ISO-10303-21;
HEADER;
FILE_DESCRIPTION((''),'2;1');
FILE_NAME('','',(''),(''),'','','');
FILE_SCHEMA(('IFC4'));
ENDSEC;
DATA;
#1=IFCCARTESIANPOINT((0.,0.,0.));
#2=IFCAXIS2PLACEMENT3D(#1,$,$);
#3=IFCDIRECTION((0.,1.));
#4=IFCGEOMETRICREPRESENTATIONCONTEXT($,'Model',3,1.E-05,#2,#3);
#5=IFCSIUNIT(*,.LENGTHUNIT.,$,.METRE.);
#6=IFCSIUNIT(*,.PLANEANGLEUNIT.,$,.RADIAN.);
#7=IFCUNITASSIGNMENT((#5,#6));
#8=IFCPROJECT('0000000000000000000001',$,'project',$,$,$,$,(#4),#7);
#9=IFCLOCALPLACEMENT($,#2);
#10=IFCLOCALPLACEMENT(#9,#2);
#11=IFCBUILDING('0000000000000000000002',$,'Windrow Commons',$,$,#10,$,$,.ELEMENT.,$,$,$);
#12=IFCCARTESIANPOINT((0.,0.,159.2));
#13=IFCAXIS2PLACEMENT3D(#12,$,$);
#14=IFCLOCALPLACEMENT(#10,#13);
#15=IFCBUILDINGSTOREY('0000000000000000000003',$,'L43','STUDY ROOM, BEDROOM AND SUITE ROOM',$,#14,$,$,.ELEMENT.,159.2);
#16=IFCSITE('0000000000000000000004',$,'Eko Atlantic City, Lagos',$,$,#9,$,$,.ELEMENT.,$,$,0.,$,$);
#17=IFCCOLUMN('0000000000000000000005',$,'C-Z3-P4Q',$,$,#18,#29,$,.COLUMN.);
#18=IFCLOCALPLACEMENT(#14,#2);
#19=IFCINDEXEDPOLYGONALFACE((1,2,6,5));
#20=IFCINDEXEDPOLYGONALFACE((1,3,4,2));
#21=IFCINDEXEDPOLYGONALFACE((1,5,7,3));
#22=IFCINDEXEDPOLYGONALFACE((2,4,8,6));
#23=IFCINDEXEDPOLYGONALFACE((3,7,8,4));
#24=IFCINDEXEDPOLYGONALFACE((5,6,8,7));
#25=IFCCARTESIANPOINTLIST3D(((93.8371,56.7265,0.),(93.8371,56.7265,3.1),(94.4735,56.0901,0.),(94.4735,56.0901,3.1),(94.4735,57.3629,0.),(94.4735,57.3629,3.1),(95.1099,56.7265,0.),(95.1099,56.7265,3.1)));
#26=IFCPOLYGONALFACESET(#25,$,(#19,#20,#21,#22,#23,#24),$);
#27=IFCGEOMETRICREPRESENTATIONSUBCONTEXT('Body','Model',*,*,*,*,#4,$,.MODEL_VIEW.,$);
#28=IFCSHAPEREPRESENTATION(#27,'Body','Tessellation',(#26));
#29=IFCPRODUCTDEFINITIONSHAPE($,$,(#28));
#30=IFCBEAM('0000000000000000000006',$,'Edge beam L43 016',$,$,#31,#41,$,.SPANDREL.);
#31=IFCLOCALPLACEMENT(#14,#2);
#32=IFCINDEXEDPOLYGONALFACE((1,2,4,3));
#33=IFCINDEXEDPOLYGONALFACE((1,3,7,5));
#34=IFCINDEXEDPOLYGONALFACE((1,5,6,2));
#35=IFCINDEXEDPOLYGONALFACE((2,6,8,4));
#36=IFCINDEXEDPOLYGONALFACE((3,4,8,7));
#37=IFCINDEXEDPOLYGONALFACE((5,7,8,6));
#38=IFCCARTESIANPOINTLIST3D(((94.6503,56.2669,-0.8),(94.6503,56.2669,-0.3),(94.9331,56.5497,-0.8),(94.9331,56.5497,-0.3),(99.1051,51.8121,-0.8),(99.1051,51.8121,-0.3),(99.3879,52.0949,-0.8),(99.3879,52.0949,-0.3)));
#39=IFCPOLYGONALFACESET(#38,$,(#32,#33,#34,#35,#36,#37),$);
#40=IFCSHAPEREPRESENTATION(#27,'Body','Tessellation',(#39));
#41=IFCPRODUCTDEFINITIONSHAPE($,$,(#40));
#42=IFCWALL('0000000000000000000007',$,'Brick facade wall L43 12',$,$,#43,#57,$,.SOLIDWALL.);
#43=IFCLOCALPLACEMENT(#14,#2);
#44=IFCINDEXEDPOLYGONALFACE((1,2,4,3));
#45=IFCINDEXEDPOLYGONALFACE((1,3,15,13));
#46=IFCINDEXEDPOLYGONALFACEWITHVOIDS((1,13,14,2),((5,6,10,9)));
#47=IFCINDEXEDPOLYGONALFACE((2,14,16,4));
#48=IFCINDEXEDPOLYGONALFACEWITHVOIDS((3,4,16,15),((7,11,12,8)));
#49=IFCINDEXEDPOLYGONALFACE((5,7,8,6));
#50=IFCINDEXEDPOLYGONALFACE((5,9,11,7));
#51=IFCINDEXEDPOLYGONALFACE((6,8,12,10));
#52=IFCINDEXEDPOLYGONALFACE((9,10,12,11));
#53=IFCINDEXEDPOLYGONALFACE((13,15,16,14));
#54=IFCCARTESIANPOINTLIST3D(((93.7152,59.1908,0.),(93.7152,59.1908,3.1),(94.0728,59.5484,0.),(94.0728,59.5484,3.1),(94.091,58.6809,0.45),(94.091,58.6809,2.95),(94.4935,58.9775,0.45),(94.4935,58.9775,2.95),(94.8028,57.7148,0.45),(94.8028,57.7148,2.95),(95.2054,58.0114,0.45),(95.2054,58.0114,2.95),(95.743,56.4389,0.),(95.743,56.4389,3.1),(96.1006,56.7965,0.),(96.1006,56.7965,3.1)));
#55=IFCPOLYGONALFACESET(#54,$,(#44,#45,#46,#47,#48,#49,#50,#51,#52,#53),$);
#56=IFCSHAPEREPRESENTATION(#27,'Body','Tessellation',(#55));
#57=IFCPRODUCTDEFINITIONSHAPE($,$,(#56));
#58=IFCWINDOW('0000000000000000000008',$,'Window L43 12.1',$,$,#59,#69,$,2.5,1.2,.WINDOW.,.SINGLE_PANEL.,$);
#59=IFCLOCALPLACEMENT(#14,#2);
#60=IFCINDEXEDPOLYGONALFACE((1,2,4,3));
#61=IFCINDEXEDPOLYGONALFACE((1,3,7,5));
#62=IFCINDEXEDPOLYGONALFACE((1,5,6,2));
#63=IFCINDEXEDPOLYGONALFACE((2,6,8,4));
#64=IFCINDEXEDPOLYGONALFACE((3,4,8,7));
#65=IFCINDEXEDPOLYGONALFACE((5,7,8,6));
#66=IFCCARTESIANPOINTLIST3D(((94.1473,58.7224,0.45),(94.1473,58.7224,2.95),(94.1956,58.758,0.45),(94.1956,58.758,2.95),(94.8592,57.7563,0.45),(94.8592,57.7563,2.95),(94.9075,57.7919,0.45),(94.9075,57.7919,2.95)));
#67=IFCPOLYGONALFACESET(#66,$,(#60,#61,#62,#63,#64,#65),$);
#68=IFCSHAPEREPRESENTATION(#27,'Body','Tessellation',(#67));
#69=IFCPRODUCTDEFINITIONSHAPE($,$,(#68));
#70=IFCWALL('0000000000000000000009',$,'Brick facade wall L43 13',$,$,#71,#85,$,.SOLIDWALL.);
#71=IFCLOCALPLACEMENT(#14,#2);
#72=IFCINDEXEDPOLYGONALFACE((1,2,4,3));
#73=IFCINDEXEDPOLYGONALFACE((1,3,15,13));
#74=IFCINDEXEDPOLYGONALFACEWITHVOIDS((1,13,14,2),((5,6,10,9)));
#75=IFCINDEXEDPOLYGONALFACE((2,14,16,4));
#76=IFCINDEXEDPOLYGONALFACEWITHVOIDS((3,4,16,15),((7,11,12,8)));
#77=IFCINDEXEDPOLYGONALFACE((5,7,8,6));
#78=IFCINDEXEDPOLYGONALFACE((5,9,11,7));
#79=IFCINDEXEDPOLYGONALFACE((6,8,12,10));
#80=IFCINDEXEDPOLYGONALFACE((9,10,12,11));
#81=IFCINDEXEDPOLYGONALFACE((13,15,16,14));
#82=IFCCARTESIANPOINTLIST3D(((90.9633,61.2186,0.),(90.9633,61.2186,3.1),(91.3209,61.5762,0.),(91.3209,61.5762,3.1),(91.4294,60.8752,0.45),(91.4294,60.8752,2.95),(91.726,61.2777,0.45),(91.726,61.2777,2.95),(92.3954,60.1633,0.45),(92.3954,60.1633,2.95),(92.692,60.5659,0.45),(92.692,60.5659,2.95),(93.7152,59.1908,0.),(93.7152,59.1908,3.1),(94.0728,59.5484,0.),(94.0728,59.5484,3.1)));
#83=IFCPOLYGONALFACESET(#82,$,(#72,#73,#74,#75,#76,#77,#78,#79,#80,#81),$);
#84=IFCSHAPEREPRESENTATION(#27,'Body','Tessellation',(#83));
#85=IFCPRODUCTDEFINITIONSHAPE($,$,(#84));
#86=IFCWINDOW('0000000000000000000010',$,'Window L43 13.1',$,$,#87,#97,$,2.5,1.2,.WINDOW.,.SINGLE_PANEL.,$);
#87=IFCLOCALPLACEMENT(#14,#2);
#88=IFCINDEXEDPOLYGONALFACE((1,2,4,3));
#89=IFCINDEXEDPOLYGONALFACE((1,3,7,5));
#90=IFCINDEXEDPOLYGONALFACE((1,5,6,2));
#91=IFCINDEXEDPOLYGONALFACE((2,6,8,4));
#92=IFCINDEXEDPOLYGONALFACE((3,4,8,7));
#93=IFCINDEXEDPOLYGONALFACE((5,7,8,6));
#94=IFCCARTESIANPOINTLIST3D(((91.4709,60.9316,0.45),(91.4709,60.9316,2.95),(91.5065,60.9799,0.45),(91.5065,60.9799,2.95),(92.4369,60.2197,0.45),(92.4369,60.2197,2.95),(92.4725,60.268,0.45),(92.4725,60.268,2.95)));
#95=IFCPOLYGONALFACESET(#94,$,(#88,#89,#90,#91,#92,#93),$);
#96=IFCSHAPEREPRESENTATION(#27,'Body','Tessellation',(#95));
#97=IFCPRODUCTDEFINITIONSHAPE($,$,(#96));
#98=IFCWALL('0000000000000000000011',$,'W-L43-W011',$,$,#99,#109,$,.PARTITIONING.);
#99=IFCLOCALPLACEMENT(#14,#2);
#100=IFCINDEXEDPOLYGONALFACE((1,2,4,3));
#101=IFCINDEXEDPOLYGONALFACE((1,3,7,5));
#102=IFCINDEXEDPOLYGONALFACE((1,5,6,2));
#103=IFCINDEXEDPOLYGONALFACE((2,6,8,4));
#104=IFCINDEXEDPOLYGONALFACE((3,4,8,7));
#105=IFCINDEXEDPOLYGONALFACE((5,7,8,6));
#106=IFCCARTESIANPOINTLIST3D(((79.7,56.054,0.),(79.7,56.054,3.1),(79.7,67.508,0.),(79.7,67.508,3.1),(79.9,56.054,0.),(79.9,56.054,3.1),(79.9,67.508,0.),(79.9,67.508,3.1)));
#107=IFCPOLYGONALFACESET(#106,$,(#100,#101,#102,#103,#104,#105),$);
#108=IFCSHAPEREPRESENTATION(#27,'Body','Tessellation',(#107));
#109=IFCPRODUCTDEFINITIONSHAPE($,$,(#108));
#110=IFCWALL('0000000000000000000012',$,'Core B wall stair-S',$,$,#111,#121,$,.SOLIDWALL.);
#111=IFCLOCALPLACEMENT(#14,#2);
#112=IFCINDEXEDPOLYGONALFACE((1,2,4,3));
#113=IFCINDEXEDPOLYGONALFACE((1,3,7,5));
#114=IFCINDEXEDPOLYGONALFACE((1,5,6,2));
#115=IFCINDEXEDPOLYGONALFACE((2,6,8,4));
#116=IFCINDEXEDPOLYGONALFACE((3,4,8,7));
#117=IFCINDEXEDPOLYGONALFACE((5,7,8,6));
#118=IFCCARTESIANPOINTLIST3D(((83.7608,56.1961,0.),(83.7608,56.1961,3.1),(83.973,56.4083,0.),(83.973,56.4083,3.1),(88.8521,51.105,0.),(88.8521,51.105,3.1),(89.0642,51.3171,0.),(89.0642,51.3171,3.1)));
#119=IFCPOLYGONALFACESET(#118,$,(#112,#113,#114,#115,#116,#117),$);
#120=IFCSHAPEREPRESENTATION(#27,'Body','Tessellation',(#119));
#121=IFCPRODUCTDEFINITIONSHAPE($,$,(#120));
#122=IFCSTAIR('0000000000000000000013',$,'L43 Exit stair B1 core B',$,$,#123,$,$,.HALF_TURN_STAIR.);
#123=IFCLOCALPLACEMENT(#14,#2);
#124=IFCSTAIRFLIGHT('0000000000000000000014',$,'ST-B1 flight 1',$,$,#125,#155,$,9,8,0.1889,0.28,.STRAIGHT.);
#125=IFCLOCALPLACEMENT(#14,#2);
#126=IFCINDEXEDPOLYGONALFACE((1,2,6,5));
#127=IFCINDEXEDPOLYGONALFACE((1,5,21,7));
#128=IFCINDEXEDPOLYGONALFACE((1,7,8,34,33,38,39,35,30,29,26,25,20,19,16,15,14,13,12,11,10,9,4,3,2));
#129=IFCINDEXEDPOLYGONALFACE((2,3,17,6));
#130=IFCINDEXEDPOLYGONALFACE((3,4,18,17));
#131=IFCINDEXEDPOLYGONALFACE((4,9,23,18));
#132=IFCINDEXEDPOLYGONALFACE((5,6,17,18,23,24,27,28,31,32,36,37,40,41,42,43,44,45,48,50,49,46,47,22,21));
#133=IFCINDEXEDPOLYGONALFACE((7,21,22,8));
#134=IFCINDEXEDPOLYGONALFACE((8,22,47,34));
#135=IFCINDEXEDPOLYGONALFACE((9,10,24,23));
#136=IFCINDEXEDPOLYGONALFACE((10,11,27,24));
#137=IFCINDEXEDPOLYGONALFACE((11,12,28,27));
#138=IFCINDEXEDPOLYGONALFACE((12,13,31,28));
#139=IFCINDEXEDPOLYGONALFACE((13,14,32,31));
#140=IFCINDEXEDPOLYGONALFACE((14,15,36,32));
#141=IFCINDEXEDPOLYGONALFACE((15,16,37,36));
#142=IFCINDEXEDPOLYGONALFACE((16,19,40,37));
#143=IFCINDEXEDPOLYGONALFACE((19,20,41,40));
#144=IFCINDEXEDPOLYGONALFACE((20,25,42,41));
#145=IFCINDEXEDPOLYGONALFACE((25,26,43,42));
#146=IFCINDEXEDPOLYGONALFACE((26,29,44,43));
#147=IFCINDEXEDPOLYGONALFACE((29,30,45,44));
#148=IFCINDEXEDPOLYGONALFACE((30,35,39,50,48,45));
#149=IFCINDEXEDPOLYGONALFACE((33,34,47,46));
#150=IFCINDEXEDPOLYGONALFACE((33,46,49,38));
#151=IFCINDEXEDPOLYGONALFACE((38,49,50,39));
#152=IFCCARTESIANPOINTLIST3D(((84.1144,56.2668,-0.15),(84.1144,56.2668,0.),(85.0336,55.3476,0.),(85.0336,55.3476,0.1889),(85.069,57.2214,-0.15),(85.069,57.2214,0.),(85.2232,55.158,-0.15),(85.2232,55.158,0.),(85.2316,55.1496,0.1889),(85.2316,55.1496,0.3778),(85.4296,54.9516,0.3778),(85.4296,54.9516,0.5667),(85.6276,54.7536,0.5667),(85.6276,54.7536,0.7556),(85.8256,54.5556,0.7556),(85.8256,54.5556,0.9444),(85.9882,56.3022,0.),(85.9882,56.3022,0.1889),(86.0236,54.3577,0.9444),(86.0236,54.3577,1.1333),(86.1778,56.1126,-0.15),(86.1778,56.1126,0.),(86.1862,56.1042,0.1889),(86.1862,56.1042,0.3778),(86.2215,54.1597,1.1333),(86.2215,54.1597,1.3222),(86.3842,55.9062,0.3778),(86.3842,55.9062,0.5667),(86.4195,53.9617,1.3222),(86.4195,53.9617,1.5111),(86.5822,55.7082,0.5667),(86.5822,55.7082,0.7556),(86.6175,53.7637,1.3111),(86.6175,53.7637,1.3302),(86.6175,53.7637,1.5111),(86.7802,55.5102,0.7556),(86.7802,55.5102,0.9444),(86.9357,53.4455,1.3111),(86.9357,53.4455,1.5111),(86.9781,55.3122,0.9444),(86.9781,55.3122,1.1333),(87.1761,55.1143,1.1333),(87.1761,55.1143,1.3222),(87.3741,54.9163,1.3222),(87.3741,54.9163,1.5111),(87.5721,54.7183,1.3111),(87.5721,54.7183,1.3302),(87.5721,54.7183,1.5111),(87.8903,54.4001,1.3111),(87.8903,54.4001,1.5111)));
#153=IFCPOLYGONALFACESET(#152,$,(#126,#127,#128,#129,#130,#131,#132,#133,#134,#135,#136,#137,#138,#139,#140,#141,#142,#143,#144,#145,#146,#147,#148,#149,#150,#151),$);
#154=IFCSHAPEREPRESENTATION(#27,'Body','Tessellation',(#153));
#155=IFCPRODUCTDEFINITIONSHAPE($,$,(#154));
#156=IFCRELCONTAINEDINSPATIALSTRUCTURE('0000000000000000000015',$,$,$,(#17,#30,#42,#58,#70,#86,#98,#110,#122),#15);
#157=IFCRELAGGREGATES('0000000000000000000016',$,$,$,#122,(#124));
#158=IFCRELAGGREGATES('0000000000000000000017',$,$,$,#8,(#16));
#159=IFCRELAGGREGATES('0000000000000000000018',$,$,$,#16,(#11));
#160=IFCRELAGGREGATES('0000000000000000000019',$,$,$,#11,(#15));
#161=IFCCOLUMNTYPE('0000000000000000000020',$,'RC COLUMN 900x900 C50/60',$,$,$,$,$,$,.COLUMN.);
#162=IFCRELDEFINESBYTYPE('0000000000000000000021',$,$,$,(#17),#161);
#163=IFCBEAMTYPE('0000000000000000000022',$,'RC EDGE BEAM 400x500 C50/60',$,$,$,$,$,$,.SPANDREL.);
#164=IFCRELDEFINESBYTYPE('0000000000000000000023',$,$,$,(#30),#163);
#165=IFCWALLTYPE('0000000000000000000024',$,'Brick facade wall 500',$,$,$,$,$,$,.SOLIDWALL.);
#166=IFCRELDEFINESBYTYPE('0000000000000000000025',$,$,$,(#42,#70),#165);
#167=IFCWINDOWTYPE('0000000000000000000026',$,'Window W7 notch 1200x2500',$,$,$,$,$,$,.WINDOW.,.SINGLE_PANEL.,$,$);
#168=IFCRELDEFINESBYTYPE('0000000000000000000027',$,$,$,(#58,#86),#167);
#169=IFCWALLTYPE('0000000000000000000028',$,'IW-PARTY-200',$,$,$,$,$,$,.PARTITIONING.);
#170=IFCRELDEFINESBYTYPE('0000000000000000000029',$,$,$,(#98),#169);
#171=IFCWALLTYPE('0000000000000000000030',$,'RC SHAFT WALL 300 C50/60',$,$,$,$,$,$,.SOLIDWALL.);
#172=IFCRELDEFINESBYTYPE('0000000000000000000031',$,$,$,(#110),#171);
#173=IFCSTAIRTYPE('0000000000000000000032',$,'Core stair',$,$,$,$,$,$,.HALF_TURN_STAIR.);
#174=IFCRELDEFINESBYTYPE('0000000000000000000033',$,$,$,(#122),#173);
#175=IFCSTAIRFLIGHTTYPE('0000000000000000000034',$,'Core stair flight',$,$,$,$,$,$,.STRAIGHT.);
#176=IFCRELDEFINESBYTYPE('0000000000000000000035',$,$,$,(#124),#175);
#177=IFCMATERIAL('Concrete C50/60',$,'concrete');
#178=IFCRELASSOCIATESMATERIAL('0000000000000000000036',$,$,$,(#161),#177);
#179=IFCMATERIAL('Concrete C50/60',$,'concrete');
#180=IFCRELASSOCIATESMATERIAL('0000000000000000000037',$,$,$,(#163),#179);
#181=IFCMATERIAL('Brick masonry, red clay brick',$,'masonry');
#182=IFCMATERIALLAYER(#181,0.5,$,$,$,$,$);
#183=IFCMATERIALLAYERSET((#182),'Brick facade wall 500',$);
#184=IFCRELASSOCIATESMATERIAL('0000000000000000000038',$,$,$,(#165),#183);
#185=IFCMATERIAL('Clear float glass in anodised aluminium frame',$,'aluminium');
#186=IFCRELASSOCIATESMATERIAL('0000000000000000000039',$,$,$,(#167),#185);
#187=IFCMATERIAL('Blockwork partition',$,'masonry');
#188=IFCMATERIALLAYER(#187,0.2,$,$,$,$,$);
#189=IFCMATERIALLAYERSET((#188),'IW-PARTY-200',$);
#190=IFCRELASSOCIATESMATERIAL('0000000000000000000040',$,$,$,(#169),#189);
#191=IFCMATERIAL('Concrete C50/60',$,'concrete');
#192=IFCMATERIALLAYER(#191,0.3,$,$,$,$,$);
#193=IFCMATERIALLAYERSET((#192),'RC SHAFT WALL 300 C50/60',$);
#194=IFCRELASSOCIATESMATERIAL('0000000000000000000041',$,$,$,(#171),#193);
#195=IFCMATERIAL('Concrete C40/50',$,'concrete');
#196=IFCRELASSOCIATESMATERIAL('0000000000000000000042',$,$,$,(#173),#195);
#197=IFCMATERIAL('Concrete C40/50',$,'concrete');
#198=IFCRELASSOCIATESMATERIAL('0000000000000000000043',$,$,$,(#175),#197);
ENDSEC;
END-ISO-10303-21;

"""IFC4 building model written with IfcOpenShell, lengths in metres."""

from ifc_helpers import new_model, si_unit, direction, frame, frame_2d, origin, origin_2d, place, context, subcontext, project, spatial, polyline, rectangle, outline, extrude, material, layer, layer_set, material_profile, profile_set, type_object, element, fill, aggregate, save


model = new_model("IFC4")

# Units and contexts
model_context = context("Model", 3, precision=1e-05, world=origin(), true_north=direction((0.0, 1.0)))
body_context = subcontext(model_context, "Body", "Model", "MODEL_VIEW")
ifc_project = project(units=[si_unit("LENGTHUNIT", "METRE"), si_unit("PLANEANGLEUNIT", "RADIAN")], contexts=[model_context])

# Site, building, storey
site_placement = place(None, origin())
site = spatial("IfcSite", under=ifc_project, at=site_placement, Name="Eko Atlantic City, Lagos", CompositionType="ELEMENT", RefElevation=0.0)
building_placement = place(site_placement, origin())
building = spatial("IfcBuilding", under=site, at=building_placement, Name="Windrow Commons", CompositionType="ELEMENT")
storey_placement = place(building_placement, frame((0.0, 0.0, 159.2)))
storey = spatial("IfcBuildingStorey", under=building, at=storey_placement, Name="L43", Description="STUDY ROOM, BEDROOM AND SUITE ROOM", CompositionType="ELEMENT", Elevation=159.2)

# Column
ifc_material_1 = material(Name="Concrete C50/60", Category="concrete")
ifc_material_profile_1 = material_profile(ifc_material_1, rectangle(XDim=0.9, YDim=0.9, at=origin_2d()))
ifc_profile_set_1 = profile_set([ifc_material_profile_1], Name="Concrete C50/60")
column_type = type_object("IfcColumnType", Name="RC COLUMN 900x900 C50/60", PredefinedType="COLUMN", material=ifc_profile_set_1)
column_placement = place(storey_placement, frame((94.4735, 56.7265, 0.0), z_axis=(0.0, 0.0, 1.0), x_axis=(0.707107, -0.707107, 0.0)))
element("IfcColumn", 1, at=column_placement, inside=storey, type_object=column_type, Name="C-Z3-P4Q", PredefinedType="COLUMN", context=body_context, shape_type="SweptSolid", body=[
    extrude(rectangle(XDim=0.9, YDim=0.9, at=origin_2d()), origin(), (0.0, 0.0, 1.0), 3.1),
])

# Beam
ifc_material_2 = material(Name="Concrete C50/60", Category="concrete")
ifc_material_profile_2 = material_profile(ifc_material_2, rectangle(XDim=0.4, YDim=0.5, at=origin_2d()))
ifc_profile_set_2 = profile_set([ifc_material_profile_2], Name="Concrete C50/60")
beam_type = type_object("IfcBeamType", Name="RC EDGE BEAM 400x500 C50/60", PredefinedType="SPANDREL", material=ifc_profile_set_2)
beam_placement = place(storey_placement, frame((94.7917, 56.4083, -0.55), z_axis=(0.707107, -0.707107, 0.0), x_axis=(0.707107, 0.707107, 0.0)))
element("IfcBeam", 2, at=beam_placement, inside=storey, type_object=beam_type, Name="Edge beam L43 016", PredefinedType="SPANDREL", context=body_context, shape_type="SweptSolid", body=[
    extrude(rectangle(XDim=0.4, YDim=0.5, at=origin_2d()), origin(), (0.0, 0.0, 1.0), 6.3),
])

# Walls, openings, windows
ifc_material_3 = material(Name="Brick masonry, red clay brick", Category="masonry")
ifc_layer_1 = layer(ifc_material_3, 0.5)
ifc_layer_set_1 = layer_set([ifc_layer_1], Name="Brick facade wall 500")
wall_type_1 = type_object("IfcWallType", Name="Brick facade wall 500", PredefinedType="SOLIDWALL", material=ifc_layer_set_1)
wall_1_placement = place(storey_placement, frame((95.9218, 56.6177, 0.0), z_axis=(0.0, 0.0, 1.0), x_axis=(-0.593215, 0.805044, 0.0)))
wall_1 = element("IfcWall", 3, at=wall_1_placement, inside=storey, type_object=wall_type_1, Name="Brick facade wall L43 12", PredefinedType="SOLIDWALL", context=body_context, shape_type="SweptSolid", body=[
    extrude(outline(polyline([(0.0379, -0.25), (3.4562, -0.25), (3.3805, 0.25), (-0.0379, 0.25), (0.0379, -0.25)])), origin(), (0.0, 0.0, 1.0), 3.1),
])
opening_1_placement = place(wall_1_placement, frame((1.547, 0.0, 0.45)))
opening_1 = element("IfcOpeningElement", 4, at=opening_1_placement, cuts=wall_1, PredefinedType="OPENING", context=body_context, shape_type="SweptSolid", body=[
    extrude(rectangle(XDim=1.2, YDim=2.5, at=frame_2d((0.6, 1.25))), frame((0.0, 0.26, 0.0), z_axis=(0.0, -1.0, 0.0), x_axis=(1.0, 0.0, 0.0)), (0.0, 0.0, 1.0), 0.52),
])
ifc_material_4 = material(Name="Clear float glass in anodised aluminium frame", Category="aluminium")
window_type = type_object("IfcWindowType", Name="Window W7 notch 1200x2500", PartitioningType="SINGLE_PANEL", PredefinedType="WINDOW", material=ifc_material_4)
window_1_placement = place(opening_1_placement, origin())
window_1 = element("IfcWindow", 5, at=window_1_placement, inside=storey, type_object=window_type, Name="Window L43 12.1", OverallHeight=2.5, OverallWidth=1.2, PartitioningType="SINGLE_PANEL", PredefinedType="WINDOW", context=body_context, shape_type="SweptSolid", body=[
    extrude(rectangle(XDim=1.2, YDim=2.5, at=frame_2d((0.6, 1.25))), frame((0.0, 0.18, 0.0), z_axis=(0.0, -1.0, 0.0), x_axis=(1.0, 0.0, 0.0)), (0.0, 0.0, 1.0), 0.06),
])
fill(opening_1, window_1)
wall_2_placement = place(storey_placement, frame((93.894, 59.3696, 0.0), z_axis=(0.0, 0.0, 1.0), x_axis=(-0.80504, 0.59322, 0.0)))
wall_2 = element("IfcWall", 6, at=wall_2_placement, inside=storey, type_object=wall_type_1, Name="Brick facade wall L43 13", PredefinedType="SOLIDWALL", context=body_context, shape_type="SweptSolid", body=[
    extrude(outline(polyline([(-0.0379, -0.25), (3.3805, -0.25), (3.4562, 0.25), (0.0379, 0.25), (-0.0379, -0.25)])), origin(), (0.0, 0.0, 1.0), 3.1),
])
opening_2_placement = place(wall_2_placement, frame((1.6773, 0.0, 0.45)))
opening_2 = element("IfcOpeningElement", 7, at=opening_2_placement, cuts=wall_2, PredefinedType="OPENING", context=body_context, shape_type="SweptSolid", body=[
    extrude(rectangle(XDim=1.2, YDim=2.5, at=frame_2d((0.6, 1.25))), frame((0.0, 0.26, 0.0), z_axis=(0.0, -1.0, 0.0), x_axis=(1.0, 0.0, 0.0)), (0.0, 0.0, 1.0), 0.52),
])
window_2_placement = place(opening_2_placement, origin())
window_2 = element("IfcWindow", 8, at=window_2_placement, inside=storey, type_object=window_type, Name="Window L43 13.1", OverallHeight=2.5, OverallWidth=1.2, PartitioningType="SINGLE_PANEL", PredefinedType="WINDOW", context=body_context, shape_type="SweptSolid", body=[
    extrude(rectangle(XDim=1.2, YDim=2.5, at=frame_2d((0.6, 1.25))), frame((0.0, 0.18, 0.0), z_axis=(0.0, -1.0, 0.0), x_axis=(1.0, 0.0, 0.0)), (0.0, 0.0, 1.0), 0.06),
])
fill(opening_2, window_2)

# Walls
ifc_material_5 = material(Name="Blockwork partition", Category="masonry")
ifc_layer_2 = layer(ifc_material_5, 0.2)
ifc_layer_set_2 = layer_set([ifc_layer_2], Name="IW-PARTY-200")
wall_type_2 = type_object("IfcWallType", Name="IW-PARTY-200", PredefinedType="PARTITIONING", material=ifc_layer_set_2)
wall_3_placement = place(storey_placement, frame((79.8, 56.054, 0.0), z_axis=(0.0, 0.0, 1.0), x_axis=(0.0, 1.0, 0.0)))
element("IfcWall", 9, at=wall_3_placement, inside=storey, type_object=wall_type_2, Name="W-L43-W011", PredefinedType="PARTITIONING", context=body_context, shape_type="SweptSolid", body=[
    extrude(rectangle(XDim=11.454, YDim=0.2, at=frame_2d((5.727, 0.0))), origin(), (0.0, 0.0, 1.0), 3.1),
])
ifc_material_6 = material(Name="Concrete C50/60", Category="concrete")
ifc_layer_3 = layer(ifc_material_6, 0.3)
ifc_layer_set_3 = layer_set([ifc_layer_3], Name="RC SHAFT WALL 300 C50/60")
wall_type_3 = type_object("IfcWallType", Name="RC SHAFT WALL 300 C50/60", PredefinedType="SOLIDWALL", material=ifc_layer_set_3)
wall_4_placement = place(storey_placement, frame((83.8669, 56.3022, 0.0), z_axis=(0.0, 0.0, 1.0), x_axis=(0.707114, -0.7071, 0.0)))
element("IfcWall", 10, at=wall_4_placement, inside=storey, type_object=wall_type_3, Name="Core B wall stair-S", PredefinedType="SOLIDWALL", context=body_context, shape_type="SweptSolid", body=[
    extrude(rectangle(XDim=7.2, YDim=0.3, at=frame_2d((3.6, 0.0))), origin(), (0.0, 0.0, 1.0), 3.1),
])

# Stair, stair flight
ifc_material_7 = material(Name="Concrete C40/50", Category="concrete")
stair_type = type_object("IfcStairType", Name="Core stair", PredefinedType="HALF_TURN_STAIR", material=ifc_material_7)
stair_placement = place(storey_placement, origin())
stair = element("IfcStair", 11, at=stair_placement, inside=storey, type_object=stair_type, Name="L43 Exit stair B1 core B", PredefinedType="HALF_TURN_STAIR")
ifc_material_8 = material(Name="Concrete C40/50", Category="concrete")
stair_flight_type = type_object("IfcStairFlightType", Name="Core stair flight", PredefinedType="STRAIGHT", material=ifc_material_8)
stair_flight_1_placement = place(storey_placement, frame((85.5109, 55.8249, 0.0), z_axis=(0.0, 0.0, 1.0), x_axis=(0.707107, -0.707107, 0.0)))
stair_flight_1 = element("IfcStairFlight", 12, at=stair_flight_1_placement, type_object=stair_flight_type, Name="ST-B1 flight 1", NumberOfRisers=9, NumberOfTreads=8, PredefinedType="STRAIGHT", RiserHeight=0.1889, TreadLength=0.28, context=body_context, shape_type="SweptSolid", body=[
    extrude(outline(polyline([(-1.3, -0.15), (-1.3, 0.0), (0.0, 0.0), (0.0, 0.1889), (0.28, 0.1889), (0.28, 0.3778), (0.56, 0.3778), (0.56, 0.5667), (0.84, 0.5667), (0.84, 0.7556), (1.12, 0.7556), (1.12, 0.9444), (1.4, 0.9444), (1.4, 1.1333), (1.68, 1.1333), (1.68, 1.3222), (1.96, 1.3222), (1.96, 1.5111), (2.24, 1.5111), (2.69, 1.5111), (2.69, 1.3111), (2.24, 1.3111), (2.24, 1.3302), (0.2682, 0.0), (0.2682, -0.15), (-1.3, -0.15)])), frame((0.0, 0.675, 0.0), z_axis=(0.0, -1.0, 0.0), x_axis=(1.0, 0.0, 0.0)), (0.0, 0.0, 1.0), 1.35),
])
aggregate(stair, [stair_flight_1])

save(model, "model.ifc")
